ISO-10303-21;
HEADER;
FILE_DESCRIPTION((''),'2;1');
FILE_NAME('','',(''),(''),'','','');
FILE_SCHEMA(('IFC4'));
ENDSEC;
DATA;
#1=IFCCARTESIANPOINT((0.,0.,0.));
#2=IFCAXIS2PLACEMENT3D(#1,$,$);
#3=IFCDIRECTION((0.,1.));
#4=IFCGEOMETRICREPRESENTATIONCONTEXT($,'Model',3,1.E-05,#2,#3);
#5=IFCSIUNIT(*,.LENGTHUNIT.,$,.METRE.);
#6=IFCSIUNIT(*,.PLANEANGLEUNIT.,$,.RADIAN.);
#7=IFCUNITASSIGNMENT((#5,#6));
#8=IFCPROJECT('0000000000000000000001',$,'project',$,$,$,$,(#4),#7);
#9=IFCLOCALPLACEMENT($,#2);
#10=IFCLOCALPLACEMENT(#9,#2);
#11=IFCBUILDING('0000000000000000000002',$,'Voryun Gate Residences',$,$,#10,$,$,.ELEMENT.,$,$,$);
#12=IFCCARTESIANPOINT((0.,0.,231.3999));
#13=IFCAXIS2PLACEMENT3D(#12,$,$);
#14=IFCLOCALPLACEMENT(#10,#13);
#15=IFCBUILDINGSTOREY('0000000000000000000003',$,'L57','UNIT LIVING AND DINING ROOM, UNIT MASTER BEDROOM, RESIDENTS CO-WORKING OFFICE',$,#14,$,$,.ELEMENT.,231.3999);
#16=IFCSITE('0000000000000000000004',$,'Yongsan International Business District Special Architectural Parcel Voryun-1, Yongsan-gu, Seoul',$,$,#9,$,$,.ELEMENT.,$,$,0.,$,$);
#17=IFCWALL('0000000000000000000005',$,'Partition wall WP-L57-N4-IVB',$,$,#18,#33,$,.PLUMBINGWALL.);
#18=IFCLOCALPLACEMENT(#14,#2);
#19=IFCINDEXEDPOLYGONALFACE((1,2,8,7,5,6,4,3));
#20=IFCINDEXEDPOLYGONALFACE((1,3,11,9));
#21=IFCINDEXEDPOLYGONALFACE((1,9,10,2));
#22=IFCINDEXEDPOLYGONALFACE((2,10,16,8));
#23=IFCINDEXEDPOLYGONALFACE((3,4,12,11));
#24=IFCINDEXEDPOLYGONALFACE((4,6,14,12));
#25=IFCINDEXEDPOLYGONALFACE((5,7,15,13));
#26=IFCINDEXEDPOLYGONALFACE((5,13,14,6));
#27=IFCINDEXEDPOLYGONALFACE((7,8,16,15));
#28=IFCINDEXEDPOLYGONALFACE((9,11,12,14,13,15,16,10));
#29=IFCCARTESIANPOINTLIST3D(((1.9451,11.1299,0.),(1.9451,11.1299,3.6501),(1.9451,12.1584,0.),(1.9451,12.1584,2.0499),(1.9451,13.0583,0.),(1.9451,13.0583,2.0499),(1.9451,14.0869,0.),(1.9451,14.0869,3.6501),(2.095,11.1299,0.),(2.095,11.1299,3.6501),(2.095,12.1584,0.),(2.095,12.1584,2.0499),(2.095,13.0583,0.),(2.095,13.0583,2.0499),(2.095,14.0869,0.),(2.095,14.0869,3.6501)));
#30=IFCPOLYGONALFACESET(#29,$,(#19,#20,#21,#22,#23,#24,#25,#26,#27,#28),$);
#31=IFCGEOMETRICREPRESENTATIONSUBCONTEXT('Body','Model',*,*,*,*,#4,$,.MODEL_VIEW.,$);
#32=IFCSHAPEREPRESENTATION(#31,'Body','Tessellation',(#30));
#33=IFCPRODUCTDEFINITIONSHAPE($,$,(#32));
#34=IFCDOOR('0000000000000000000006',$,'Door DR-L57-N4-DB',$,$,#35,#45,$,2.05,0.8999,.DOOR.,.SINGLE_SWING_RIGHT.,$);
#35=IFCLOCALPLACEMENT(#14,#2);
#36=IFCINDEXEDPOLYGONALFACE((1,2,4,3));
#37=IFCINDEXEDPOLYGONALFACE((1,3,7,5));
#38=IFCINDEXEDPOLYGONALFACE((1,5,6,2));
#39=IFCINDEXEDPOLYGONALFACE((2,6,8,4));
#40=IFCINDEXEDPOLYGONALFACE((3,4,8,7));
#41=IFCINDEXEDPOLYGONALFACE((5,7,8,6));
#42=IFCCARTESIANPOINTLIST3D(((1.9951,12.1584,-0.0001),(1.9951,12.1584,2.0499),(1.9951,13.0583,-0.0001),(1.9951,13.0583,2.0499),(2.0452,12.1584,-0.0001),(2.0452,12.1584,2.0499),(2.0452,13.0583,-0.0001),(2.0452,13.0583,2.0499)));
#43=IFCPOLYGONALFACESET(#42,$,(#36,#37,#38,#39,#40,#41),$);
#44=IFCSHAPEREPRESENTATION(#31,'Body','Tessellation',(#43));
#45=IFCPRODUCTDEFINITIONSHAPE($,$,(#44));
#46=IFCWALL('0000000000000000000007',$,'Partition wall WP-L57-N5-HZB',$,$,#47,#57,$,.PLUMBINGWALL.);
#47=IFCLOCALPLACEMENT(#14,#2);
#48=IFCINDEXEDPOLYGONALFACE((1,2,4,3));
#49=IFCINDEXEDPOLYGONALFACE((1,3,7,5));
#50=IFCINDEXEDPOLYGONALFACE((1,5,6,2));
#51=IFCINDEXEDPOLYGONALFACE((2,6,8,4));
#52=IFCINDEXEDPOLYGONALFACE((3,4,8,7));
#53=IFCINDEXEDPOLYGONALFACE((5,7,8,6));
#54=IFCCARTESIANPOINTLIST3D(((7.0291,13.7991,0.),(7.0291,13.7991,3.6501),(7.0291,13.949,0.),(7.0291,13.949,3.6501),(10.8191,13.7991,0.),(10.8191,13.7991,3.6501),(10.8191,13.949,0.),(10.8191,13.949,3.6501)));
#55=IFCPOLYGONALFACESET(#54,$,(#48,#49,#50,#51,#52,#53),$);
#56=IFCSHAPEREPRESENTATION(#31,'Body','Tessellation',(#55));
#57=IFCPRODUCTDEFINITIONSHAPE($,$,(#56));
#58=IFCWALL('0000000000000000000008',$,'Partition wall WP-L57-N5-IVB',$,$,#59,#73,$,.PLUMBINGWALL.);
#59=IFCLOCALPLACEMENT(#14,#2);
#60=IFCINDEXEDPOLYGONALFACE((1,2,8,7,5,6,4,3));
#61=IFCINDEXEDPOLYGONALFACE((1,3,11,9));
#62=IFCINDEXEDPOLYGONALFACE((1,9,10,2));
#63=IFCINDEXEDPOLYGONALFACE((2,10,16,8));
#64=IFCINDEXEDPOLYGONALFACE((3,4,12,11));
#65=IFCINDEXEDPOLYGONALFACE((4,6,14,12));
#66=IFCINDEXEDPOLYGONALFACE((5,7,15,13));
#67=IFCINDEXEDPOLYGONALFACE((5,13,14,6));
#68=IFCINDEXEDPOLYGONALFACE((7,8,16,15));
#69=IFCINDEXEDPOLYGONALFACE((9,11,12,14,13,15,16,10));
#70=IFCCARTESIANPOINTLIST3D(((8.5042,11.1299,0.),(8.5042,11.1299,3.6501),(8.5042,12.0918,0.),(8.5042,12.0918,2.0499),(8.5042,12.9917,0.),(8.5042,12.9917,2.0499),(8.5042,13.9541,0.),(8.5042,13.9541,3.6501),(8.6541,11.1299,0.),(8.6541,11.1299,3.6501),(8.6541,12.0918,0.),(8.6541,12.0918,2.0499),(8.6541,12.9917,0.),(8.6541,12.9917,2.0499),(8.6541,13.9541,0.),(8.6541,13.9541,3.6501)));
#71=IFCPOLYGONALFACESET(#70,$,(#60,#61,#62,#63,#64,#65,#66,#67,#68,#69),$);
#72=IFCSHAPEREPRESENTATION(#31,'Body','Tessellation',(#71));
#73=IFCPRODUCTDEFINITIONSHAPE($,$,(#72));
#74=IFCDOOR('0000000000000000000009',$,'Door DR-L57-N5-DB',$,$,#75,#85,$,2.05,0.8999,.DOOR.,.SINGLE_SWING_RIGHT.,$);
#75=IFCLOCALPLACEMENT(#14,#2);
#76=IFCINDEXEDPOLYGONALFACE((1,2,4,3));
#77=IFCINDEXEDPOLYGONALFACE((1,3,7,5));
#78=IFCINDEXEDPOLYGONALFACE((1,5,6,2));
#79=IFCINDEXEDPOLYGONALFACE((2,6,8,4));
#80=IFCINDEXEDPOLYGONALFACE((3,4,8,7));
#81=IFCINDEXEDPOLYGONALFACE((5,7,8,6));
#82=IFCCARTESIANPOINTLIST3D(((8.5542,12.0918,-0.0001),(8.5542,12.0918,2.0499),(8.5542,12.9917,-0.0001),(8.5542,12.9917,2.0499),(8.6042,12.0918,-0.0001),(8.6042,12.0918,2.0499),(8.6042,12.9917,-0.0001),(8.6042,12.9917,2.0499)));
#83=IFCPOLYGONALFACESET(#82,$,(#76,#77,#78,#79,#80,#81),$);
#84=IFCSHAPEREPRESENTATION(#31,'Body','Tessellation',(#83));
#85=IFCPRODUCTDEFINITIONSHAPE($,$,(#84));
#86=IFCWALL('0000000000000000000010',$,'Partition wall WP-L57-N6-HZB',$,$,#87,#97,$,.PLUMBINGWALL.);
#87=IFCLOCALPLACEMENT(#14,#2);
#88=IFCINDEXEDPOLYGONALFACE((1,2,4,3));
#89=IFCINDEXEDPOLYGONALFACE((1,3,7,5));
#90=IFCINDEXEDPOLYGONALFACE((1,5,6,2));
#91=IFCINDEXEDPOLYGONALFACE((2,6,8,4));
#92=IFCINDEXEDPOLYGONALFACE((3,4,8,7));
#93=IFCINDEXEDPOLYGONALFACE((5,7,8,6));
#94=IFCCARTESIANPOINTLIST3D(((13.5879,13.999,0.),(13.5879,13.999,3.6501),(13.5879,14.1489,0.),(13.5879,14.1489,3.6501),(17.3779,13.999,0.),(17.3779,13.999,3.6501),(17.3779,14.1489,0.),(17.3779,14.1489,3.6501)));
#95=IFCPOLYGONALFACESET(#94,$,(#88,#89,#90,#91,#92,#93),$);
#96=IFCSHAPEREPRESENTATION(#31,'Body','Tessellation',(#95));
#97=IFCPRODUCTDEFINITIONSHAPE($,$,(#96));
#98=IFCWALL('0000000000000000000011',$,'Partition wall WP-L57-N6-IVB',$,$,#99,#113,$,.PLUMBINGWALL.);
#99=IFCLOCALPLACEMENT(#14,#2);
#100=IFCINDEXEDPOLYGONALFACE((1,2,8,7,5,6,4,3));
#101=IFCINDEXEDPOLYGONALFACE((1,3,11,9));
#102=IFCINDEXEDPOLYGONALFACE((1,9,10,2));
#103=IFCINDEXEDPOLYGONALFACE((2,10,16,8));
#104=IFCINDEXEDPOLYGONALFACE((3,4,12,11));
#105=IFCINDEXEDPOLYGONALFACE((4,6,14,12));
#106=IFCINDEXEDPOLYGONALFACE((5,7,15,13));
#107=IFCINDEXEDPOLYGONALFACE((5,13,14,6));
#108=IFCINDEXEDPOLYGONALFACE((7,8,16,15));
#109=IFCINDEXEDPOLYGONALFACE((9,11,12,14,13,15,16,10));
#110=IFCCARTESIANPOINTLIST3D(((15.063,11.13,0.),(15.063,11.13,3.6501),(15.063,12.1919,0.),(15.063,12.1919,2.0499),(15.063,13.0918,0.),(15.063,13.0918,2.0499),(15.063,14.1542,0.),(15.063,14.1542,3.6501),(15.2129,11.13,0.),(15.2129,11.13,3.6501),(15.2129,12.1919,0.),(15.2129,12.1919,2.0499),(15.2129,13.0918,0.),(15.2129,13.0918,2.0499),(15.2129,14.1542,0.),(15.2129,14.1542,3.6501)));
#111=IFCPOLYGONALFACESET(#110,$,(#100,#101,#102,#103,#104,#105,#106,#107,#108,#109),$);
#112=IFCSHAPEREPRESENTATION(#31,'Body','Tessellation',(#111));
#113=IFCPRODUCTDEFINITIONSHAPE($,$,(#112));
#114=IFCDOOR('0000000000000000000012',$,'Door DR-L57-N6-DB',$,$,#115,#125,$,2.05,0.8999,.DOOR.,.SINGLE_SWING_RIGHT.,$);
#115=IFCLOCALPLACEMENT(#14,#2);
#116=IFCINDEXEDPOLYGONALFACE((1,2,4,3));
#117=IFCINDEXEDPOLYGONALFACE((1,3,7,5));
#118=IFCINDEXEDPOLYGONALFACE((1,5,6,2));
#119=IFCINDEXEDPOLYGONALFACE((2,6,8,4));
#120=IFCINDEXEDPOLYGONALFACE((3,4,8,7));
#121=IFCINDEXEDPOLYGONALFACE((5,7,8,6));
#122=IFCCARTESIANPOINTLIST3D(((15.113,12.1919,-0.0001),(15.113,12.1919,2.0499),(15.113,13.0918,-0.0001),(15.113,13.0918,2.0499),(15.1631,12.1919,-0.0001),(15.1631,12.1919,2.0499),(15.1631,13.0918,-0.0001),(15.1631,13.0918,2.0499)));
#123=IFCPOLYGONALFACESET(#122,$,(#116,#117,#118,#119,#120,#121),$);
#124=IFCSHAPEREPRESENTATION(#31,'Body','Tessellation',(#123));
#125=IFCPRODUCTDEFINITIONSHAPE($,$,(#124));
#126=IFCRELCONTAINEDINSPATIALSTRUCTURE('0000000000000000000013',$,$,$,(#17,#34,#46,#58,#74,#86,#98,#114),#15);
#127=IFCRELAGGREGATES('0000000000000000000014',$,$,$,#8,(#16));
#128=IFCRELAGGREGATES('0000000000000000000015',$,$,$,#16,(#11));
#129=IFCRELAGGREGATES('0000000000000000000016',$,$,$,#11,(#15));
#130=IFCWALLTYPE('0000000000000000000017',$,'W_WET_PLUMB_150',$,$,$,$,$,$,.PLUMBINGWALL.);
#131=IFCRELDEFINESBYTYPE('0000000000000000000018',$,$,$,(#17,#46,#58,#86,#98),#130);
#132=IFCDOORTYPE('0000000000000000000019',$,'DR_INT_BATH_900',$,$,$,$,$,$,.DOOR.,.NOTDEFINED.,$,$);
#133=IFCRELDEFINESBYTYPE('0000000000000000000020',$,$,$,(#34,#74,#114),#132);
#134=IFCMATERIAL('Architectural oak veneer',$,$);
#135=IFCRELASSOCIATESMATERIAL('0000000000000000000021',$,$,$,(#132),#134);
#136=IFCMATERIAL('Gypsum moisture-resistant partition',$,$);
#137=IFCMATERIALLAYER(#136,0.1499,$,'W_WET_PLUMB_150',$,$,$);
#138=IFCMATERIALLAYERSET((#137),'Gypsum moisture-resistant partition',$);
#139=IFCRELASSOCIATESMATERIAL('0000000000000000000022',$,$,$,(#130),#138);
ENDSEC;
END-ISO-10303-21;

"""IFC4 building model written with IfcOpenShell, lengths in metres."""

from ifc_helpers import new_model, si_unit, direction, frame, frame_2d, origin, place, context, subcontext, project, spatial, rectangle, extrude, material, layer, layer_set, type_object, element, fill, save


model = new_model("IFC4")

# Units and contexts
model_context = context("Model", 3, precision=1e-05, world=origin(), true_north=direction((0.0, 1.0)))
body_context = subcontext(model_context, "Body", "Model", "MODEL_VIEW")
ifc_project = project(units=[si_unit("LENGTHUNIT", "METRE"), si_unit("PLANEANGLEUNIT", "RADIAN")], contexts=[model_context])

# Site, building, storey
site_placement = place(None, origin())
site = spatial("IfcSite", under=ifc_project, at=site_placement, Name="Yongsan International Business District Special Architectural Parcel Voryun-1, Yongsan-gu, Seoul", CompositionType="ELEMENT", RefElevation=0.0)
building_placement = place(site_placement, origin())
building = spatial("IfcBuilding", under=site, at=building_placement, Name="Voryun Gate Residences", CompositionType="ELEMENT")
storey_placement = place(building_placement, frame((0.0, 0.0, 231.3999)))
storey = spatial("IfcBuildingStorey", under=building, at=storey_placement, Name="L57", Description="UNIT LIVING AND DINING ROOM, UNIT MASTER BEDROOM, RESIDENTS CO-WORKING OFFICE", CompositionType="ELEMENT", Elevation=231.3999)

# Shared definitions
ifc_material_1 = material(Name="Architectural oak veneer")
door_type_1 = type_object("IfcDoorType", Name="DR_INT_BATH_900", OperationType="NOTDEFINED", PredefinedType="DOOR", material=ifc_material_1)

# Shared definitions
ifc_material_2 = material(Name="Gypsum moisture-resistant partition")
ifc_layer_1 = layer(ifc_material_2, 0.1499, Name="W_WET_PLUMB_150")
ifc_layer_set_1 = layer_set([ifc_layer_1], Name="Gypsum moisture-resistant partition")
wall_type_1 = type_object("IfcWallType", Name="W_WET_PLUMB_150", PredefinedType="PLUMBINGWALL", material=ifc_layer_set_1)

# Wall, opening, door
wall_1_placement = place(storey_placement, frame((2.02, 11.1299, 0.0), z_axis=(0.0, 0.0, 1.0), x_axis=(0.0, 1.0, 0.0)))
wall_1 = element("IfcWall", 1, at=wall_1_placement, inside=storey, type_object=wall_type_1, Name="Partition wall WP-L57-N4-IVB", PredefinedType="PLUMBINGWALL", context=body_context, shape_type="SweptSolid", body=[
    extrude(rectangle(XDim=2.957, YDim=0.1499, at=frame_2d((1.4785, 0.0))), origin(), (0.0, 0.0, 1.0), 3.6501),
])
opening_1_placement = place(wall_1_placement, frame((1.0286, 0.0, 0.0)))
opening_1 = element("IfcOpeningElement", 2, at=opening_1_placement, cuts=wall_1, PredefinedType="OPENING", context=body_context, shape_type="SweptSolid", body=[
    extrude(rectangle(XDim=0.8999, YDim=2.05, at=frame_2d((0.45, 1.0249))), frame((0.0, 0.085, 0.0), z_axis=(0.0, -1.0, 0.0), x_axis=(1.0, 0.0, 0.0)), (0.0, 0.0, 1.0), 0.1699),
])
door_1_placement = place(opening_1_placement, origin())
door_1 = element("IfcDoor", 3, at=door_1_placement, inside=storey, type_object=door_type_1, Name="Door DR-L57-N4-DB", OperationType="SINGLE_SWING_RIGHT", OverallHeight=2.05, OverallWidth=0.8999, PredefinedType="DOOR", context=body_context, shape_type="SweptSolid", body=[
    extrude(rectangle(XDim=0.8999, YDim=2.05, at=frame_2d((0.45, 1.0249))), frame((0.0, 0.0249, 0.0), z_axis=(0.0, -1.0, 0.0), x_axis=(1.0, 0.0, 0.0)), (0.0, 0.0, 1.0), 0.05),
])
fill(opening_1, door_1)

# Wall
wall_2_placement = place(storey_placement, frame((7.0291, 13.874, 0.0), z_axis=(0.0, 0.0, 1.0), x_axis=(1.0, 0.0, 0.0)))
element("IfcWall", 4, at=wall_2_placement, inside=storey, type_object=wall_type_1, Name="Partition wall WP-L57-N5-HZB", PredefinedType="PLUMBINGWALL", context=body_context, shape_type="SweptSolid", body=[
    extrude(rectangle(XDim=3.79, YDim=0.1499, at=frame_2d((1.895, 0.0))), origin(), (0.0, 0.0, 1.0), 3.6501),
])

# Wall, opening, door
wall_3_placement = place(storey_placement, frame((8.5791, 11.1299, 0.0), z_axis=(0.0, 0.0, 1.0), x_axis=(0.0, 1.0, 0.0)))
wall_3 = element("IfcWall", 5, at=wall_3_placement, inside=storey, type_object=wall_type_1, Name="Partition wall WP-L57-N5-IVB", PredefinedType="PLUMBINGWALL", context=body_context, shape_type="SweptSolid", body=[
    extrude(rectangle(XDim=2.8242, YDim=0.1499, at=frame_2d((1.4121, 0.0))), origin(), (0.0, 0.0, 1.0), 3.6501),
])
opening_2_placement = place(wall_3_placement, frame((0.9619, 0.0, 0.0)))
opening_2 = element("IfcOpeningElement", 6, at=opening_2_placement, cuts=wall_3, PredefinedType="OPENING", context=body_context, shape_type="SweptSolid", body=[
    extrude(rectangle(XDim=0.8999, YDim=2.05, at=frame_2d((0.45, 1.0249))), frame((0.0, 0.085, 0.0), z_axis=(0.0, -1.0, 0.0), x_axis=(1.0, 0.0, 0.0)), (0.0, 0.0, 1.0), 0.1699),
])
door_2_placement = place(opening_2_placement, origin())
door_2 = element("IfcDoor", 7, at=door_2_placement, inside=storey, type_object=door_type_1, Name="Door DR-L57-N5-DB", OperationType="SINGLE_SWING_RIGHT", OverallHeight=2.05, OverallWidth=0.8999, PredefinedType="DOOR", context=body_context, shape_type="SweptSolid", body=[
    extrude(rectangle(XDim=0.8999, YDim=2.05, at=frame_2d((0.45, 1.0249))), frame((0.0, 0.0249, 0.0), z_axis=(0.0, -1.0, 0.0), x_axis=(1.0, 0.0, 0.0)), (0.0, 0.0, 1.0), 0.05),
])
fill(opening_2, door_2)

# Wall
wall_4_placement = place(storey_placement, frame((13.5879, 14.074, 0.0), z_axis=(0.0, 0.0, 1.0), x_axis=(1.0, 0.0, 0.0)))
element("IfcWall", 8, at=wall_4_placement, inside=storey, type_object=wall_type_1, Name="Partition wall WP-L57-N6-HZB", PredefinedType="PLUMBINGWALL", context=body_context, shape_type="SweptSolid", body=[
    extrude(rectangle(XDim=3.79, YDim=0.1499, at=frame_2d((1.895, 0.0))), origin(), (0.0, 0.0, 1.0), 3.6501),
])

# Wall, opening, door
wall_5_placement = place(storey_placement, frame((15.1379, 11.1299, 0.0), z_axis=(0.0, 0.0, 1.0), x_axis=(0.0, 1.0, 0.0)))
wall_5 = element("IfcWall", 9, at=wall_5_placement, inside=storey, type_object=wall_type_1, Name="Partition wall WP-L57-N6-IVB", PredefinedType="PLUMBINGWALL", context=body_context, shape_type="SweptSolid", body=[
    extrude(rectangle(XDim=3.0242, YDim=0.1499, at=frame_2d((1.5122, 0.0))), origin(), (0.0, 0.0, 1.0), 3.6501),
])
opening_3_placement = place(wall_5_placement, frame((1.062, 0.0, 0.0)))
opening_3 = element("IfcOpeningElement", 10, at=opening_3_placement, cuts=wall_5, PredefinedType="OPENING", context=body_context, shape_type="SweptSolid", body=[
    extrude(rectangle(XDim=0.8999, YDim=2.05, at=frame_2d((0.45, 1.0249))), frame((0.0, 0.085, 0.0), z_axis=(0.0, -1.0, 0.0), x_axis=(1.0, 0.0, 0.0)), (0.0, 0.0, 1.0), 0.1699),
])
door_3_placement = place(opening_3_placement, origin())
door_3 = element("IfcDoor", 11, at=door_3_placement, inside=storey, type_object=door_type_1, Name="Door DR-L57-N6-DB", OperationType="SINGLE_SWING_RIGHT", OverallHeight=2.05, OverallWidth=0.8999, PredefinedType="DOOR", context=body_context, shape_type="SweptSolid", body=[
    extrude(rectangle(XDim=0.8999, YDim=2.05, at=frame_2d((0.45, 1.0249))), frame((0.0, 0.0249, 0.0), z_axis=(0.0, -1.0, 0.0), x_axis=(1.0, 0.0, 0.0)), (0.0, 0.0, 1.0), 0.05),
])
fill(opening_3, door_3)

save(model, "model.ifc")
